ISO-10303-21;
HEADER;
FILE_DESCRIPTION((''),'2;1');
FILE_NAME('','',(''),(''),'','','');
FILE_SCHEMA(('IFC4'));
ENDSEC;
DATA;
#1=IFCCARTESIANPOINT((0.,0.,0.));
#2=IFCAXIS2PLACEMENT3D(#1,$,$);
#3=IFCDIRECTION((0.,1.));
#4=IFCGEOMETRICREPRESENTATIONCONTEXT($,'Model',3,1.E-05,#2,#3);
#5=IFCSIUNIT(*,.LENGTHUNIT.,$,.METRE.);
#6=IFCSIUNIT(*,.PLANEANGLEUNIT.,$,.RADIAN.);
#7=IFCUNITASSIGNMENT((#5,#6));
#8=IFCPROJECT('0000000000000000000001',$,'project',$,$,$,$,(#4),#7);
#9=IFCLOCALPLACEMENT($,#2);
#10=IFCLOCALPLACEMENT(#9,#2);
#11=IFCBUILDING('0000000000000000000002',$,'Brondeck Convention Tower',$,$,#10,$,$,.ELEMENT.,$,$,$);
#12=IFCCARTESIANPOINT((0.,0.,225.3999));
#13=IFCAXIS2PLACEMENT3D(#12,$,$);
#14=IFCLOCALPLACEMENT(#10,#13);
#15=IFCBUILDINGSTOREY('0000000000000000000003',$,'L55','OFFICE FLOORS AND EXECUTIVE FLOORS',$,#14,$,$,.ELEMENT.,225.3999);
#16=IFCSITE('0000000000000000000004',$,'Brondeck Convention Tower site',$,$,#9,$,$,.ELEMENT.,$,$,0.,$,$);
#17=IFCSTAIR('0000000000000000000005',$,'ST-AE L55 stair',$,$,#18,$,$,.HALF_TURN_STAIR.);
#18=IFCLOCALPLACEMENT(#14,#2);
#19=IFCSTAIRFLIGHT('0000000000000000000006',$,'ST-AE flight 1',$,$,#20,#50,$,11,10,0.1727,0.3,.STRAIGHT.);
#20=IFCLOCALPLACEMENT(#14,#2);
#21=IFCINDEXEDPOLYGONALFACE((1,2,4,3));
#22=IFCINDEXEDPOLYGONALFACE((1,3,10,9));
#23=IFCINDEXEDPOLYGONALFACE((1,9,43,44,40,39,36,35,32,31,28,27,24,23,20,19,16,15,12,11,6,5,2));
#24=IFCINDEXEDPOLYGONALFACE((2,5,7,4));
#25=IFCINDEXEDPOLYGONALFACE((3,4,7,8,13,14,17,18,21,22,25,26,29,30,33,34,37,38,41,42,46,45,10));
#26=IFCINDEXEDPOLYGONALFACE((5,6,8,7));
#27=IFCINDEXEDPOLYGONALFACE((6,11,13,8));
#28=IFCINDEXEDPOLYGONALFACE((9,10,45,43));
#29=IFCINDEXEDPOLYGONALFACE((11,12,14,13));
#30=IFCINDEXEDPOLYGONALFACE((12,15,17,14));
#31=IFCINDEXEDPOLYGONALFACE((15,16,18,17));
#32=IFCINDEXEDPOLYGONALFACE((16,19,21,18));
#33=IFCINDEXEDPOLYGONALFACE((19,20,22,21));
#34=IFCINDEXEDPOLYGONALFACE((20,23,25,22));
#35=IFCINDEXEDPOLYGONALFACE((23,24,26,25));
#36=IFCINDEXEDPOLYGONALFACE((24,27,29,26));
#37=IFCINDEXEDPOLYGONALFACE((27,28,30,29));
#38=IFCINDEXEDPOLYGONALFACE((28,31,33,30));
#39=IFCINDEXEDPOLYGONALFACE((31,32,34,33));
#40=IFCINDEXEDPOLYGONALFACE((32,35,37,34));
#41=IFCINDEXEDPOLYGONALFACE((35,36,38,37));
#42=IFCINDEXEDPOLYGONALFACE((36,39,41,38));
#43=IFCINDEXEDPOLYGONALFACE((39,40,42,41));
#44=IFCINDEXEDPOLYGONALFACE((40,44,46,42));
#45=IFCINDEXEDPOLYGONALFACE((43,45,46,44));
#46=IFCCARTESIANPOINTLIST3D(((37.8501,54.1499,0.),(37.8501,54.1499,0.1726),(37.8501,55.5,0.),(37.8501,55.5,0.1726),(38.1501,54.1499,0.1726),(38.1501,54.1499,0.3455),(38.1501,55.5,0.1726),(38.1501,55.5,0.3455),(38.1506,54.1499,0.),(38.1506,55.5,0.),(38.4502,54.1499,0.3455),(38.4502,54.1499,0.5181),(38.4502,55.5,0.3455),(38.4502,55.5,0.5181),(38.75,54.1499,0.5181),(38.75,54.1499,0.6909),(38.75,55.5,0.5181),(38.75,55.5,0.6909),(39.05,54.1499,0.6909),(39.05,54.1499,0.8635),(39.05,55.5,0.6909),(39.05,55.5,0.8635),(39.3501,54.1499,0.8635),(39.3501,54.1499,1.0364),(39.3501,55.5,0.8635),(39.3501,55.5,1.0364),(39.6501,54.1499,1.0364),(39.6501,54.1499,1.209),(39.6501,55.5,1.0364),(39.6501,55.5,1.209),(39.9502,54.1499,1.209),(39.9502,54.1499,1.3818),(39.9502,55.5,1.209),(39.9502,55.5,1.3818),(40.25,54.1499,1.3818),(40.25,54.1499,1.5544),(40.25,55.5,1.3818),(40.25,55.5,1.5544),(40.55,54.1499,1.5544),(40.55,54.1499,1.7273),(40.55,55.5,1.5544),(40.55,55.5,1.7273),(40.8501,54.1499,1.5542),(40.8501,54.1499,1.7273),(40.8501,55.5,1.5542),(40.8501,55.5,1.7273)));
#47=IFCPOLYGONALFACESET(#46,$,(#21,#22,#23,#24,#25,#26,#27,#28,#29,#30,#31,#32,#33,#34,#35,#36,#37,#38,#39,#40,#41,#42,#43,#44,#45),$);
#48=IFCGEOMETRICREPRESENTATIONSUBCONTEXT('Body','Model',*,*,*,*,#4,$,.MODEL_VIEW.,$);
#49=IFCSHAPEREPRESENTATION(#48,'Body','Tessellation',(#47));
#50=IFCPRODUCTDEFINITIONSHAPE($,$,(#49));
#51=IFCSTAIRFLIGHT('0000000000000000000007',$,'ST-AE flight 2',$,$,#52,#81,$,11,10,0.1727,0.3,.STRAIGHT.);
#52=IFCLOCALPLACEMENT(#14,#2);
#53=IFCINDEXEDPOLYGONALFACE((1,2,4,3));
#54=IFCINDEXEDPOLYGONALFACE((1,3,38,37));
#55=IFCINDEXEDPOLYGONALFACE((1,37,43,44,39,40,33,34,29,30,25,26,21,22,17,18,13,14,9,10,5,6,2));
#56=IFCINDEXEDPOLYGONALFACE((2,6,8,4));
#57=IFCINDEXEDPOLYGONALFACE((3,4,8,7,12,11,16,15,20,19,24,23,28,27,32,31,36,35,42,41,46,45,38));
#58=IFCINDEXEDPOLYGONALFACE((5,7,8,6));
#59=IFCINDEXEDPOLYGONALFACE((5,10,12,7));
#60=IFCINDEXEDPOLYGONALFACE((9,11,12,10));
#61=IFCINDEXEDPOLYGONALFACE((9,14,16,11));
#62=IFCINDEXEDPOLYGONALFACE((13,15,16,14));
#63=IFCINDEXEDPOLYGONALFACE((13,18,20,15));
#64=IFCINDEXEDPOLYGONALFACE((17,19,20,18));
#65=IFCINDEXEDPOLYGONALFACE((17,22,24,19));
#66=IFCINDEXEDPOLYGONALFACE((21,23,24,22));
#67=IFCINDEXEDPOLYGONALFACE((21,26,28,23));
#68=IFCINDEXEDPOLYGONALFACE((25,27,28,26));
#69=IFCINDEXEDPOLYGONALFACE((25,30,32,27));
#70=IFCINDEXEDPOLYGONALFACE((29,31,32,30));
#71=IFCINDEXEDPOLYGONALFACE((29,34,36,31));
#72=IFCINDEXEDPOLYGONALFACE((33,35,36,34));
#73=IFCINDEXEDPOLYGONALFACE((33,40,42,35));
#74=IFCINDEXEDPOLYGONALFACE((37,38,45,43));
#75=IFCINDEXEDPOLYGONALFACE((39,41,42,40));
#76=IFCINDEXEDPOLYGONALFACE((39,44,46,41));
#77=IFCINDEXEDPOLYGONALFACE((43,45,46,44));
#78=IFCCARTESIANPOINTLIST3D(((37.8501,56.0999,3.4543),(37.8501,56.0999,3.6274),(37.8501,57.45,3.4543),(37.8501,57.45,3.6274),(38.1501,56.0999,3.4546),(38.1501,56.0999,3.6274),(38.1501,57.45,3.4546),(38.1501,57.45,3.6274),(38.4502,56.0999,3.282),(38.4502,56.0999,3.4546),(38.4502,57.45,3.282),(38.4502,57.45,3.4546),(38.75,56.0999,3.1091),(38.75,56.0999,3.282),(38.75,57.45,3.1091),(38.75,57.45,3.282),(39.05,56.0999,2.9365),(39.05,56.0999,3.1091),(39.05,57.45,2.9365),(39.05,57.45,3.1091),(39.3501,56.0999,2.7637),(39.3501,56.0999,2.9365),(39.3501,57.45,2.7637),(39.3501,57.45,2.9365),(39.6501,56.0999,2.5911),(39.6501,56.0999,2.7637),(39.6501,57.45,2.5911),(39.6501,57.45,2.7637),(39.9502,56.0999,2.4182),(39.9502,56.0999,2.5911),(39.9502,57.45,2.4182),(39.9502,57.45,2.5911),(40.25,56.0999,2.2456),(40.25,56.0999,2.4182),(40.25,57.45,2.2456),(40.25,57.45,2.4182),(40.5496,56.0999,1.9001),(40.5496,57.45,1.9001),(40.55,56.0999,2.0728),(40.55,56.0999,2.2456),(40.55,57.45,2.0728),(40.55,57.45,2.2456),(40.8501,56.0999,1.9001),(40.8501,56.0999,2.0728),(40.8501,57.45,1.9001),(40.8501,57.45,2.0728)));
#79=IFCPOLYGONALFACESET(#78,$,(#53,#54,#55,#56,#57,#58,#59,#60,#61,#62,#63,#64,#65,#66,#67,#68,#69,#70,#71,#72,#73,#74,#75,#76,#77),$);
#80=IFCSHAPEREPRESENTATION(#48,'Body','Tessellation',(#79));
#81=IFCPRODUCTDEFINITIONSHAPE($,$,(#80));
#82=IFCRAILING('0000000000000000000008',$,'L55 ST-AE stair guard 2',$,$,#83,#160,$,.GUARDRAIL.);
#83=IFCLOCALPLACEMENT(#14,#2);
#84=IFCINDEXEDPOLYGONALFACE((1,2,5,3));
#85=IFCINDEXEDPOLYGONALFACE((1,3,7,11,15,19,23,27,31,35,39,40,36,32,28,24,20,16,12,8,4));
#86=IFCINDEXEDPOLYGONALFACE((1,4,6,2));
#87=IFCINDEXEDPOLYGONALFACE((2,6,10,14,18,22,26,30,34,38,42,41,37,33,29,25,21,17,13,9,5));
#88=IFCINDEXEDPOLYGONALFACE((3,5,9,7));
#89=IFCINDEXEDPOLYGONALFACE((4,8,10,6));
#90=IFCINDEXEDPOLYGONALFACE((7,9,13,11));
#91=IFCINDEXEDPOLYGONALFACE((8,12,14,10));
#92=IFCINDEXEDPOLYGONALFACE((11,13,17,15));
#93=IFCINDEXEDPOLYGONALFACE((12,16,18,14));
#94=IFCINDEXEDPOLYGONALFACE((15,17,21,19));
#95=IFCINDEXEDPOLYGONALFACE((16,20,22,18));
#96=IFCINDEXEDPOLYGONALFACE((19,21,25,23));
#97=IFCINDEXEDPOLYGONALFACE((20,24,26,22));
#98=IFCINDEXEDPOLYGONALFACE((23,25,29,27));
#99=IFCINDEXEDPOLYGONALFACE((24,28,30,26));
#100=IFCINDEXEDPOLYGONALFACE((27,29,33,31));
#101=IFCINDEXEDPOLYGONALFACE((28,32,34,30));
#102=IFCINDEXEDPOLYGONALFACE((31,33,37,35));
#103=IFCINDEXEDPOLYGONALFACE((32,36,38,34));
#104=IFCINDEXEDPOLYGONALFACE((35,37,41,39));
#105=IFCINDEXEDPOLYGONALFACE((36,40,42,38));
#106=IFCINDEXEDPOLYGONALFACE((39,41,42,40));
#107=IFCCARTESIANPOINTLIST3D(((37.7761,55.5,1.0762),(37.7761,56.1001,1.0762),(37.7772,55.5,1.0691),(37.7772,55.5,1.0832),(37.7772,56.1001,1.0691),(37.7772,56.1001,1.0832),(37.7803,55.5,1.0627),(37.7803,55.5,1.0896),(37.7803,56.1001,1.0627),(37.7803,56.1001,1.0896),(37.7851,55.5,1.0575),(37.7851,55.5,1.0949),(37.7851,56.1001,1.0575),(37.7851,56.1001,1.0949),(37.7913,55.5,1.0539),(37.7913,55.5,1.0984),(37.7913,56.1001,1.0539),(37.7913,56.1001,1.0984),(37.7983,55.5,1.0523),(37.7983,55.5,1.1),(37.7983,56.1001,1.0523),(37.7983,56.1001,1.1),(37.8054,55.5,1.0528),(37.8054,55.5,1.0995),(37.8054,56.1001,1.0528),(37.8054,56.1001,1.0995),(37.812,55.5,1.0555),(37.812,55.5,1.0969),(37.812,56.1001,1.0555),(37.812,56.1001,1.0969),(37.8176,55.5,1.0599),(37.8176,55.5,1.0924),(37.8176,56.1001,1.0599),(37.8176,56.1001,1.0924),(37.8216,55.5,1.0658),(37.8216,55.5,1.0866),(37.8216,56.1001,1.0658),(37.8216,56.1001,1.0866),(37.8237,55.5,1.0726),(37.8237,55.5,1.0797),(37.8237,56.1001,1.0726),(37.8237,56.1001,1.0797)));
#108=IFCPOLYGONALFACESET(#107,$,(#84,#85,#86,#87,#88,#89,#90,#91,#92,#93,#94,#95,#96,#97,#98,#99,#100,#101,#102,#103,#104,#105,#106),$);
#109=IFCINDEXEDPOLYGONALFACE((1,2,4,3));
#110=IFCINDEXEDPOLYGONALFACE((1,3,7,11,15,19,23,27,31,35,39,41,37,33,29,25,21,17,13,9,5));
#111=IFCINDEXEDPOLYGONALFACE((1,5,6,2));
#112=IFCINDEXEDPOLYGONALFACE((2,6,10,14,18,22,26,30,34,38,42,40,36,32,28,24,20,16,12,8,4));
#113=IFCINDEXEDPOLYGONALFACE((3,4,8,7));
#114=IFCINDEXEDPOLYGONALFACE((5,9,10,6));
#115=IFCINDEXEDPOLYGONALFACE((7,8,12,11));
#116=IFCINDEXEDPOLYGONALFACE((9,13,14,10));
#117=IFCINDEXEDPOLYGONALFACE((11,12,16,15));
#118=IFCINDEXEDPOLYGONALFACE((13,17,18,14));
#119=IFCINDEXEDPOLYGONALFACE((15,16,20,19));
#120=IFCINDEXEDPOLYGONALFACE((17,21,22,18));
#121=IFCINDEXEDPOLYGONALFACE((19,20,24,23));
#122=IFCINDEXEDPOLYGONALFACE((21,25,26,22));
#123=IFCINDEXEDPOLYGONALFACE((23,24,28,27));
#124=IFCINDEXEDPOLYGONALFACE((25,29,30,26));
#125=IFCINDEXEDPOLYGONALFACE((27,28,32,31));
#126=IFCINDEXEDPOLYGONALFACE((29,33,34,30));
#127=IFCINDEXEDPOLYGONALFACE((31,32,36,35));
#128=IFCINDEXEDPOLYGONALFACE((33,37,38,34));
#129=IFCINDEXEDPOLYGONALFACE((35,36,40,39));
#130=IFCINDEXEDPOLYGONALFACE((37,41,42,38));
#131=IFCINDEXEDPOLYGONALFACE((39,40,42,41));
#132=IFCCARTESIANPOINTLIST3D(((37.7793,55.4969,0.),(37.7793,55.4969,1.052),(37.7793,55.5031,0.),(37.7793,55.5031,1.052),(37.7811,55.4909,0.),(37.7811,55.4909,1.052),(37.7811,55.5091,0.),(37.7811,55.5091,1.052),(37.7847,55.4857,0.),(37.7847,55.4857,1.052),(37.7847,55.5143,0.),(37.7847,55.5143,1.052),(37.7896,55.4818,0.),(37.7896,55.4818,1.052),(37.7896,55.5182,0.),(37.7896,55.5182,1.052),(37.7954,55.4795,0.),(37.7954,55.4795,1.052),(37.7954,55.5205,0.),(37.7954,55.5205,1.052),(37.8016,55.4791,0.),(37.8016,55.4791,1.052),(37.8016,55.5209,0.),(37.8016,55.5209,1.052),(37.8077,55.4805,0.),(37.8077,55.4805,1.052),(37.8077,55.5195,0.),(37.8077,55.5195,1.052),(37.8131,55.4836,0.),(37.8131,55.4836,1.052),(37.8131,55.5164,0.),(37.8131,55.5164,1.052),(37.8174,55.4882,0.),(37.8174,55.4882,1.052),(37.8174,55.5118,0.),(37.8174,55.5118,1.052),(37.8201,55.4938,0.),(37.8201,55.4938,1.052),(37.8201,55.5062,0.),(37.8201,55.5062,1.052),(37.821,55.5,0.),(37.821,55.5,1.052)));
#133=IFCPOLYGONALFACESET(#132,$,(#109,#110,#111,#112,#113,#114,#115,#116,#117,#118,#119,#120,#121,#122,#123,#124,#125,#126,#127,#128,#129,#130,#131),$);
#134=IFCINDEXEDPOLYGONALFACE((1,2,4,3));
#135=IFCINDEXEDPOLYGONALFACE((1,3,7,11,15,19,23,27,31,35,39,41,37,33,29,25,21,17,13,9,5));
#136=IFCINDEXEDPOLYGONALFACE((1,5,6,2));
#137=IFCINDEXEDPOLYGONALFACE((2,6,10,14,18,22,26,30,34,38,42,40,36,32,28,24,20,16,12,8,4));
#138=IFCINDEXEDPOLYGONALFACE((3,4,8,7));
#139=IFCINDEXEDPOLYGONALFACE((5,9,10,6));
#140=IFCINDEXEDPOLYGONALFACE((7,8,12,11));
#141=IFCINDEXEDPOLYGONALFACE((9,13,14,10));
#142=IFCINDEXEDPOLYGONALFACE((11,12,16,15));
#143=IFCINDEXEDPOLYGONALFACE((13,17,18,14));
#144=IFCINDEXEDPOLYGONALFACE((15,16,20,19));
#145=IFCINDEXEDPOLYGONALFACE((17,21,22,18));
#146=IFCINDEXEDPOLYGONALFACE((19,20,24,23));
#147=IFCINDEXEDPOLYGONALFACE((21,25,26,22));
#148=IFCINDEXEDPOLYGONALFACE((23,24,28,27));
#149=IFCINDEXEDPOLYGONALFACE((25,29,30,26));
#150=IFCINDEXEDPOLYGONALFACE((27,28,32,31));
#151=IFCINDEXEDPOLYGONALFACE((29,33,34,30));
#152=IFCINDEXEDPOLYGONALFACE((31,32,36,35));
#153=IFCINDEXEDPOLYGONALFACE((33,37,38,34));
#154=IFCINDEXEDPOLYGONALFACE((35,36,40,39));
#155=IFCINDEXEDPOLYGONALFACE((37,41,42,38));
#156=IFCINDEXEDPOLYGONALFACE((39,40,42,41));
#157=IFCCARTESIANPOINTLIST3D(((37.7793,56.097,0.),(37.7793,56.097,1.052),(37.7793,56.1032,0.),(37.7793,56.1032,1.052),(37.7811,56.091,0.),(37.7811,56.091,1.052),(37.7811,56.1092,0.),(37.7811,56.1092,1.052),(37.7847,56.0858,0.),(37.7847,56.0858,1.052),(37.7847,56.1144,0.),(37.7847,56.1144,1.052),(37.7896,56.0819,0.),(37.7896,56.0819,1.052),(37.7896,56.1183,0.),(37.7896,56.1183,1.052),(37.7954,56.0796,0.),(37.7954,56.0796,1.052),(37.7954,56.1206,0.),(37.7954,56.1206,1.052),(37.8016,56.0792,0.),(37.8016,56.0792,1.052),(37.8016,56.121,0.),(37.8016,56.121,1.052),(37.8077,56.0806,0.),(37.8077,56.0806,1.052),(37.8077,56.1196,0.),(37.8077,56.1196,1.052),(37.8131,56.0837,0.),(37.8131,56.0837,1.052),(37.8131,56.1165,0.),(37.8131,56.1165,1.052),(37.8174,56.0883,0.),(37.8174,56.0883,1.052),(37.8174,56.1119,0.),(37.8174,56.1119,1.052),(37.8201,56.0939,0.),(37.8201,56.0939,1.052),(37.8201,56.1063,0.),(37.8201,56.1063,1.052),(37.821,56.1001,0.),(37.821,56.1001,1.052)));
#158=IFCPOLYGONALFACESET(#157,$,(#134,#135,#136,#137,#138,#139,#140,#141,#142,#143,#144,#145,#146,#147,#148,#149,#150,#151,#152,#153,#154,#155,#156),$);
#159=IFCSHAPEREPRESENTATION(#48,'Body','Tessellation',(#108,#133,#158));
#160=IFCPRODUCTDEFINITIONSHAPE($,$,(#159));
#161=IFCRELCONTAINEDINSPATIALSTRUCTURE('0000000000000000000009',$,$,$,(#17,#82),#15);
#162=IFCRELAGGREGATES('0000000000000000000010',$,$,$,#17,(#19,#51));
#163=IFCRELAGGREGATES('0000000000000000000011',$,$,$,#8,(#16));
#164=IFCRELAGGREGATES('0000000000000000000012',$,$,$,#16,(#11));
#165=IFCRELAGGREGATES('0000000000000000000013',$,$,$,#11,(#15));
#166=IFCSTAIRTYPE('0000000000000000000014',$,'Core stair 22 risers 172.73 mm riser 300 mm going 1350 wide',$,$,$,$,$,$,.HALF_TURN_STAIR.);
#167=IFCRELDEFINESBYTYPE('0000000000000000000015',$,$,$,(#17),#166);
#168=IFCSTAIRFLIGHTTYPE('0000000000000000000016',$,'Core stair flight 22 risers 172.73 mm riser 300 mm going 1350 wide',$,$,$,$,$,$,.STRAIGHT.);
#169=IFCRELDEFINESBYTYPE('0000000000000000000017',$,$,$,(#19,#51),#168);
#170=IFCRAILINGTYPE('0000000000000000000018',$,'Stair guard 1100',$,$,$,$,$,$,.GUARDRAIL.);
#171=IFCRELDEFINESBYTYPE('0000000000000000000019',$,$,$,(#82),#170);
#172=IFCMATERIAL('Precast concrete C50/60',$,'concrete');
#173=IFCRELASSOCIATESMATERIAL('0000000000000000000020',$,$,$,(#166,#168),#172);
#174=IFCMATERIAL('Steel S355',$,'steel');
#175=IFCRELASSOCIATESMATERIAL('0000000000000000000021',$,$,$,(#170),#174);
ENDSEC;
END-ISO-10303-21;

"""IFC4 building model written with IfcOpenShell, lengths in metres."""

from ifc_helpers import new_model, si_unit, direction, frame, origin, origin_2d, place, context, subcontext, project, spatial, polyline, circle, outline, extrude, material, type_object, element, aggregate, save


model = new_model("IFC4")

# Units and contexts
model_context = context("Model", 3, precision=1e-05, world=origin(), true_north=direction((0.0, 1.0)))
body_context = subcontext(model_context, "Body", "Model", "MODEL_VIEW")
ifc_project = project(units=[si_unit("LENGTHUNIT", "METRE"), si_unit("PLANEANGLEUNIT", "RADIAN")], contexts=[model_context])

# Site, building, storey
site_placement = place(None, origin())
site = spatial("IfcSite", under=ifc_project, at=site_placement, Name="Brondeck Convention Tower site", CompositionType="ELEMENT", RefElevation=0.0)
building_placement = place(site_placement, origin())
building = spatial("IfcBuilding", under=site, at=building_placement, Name="Brondeck Convention Tower", CompositionType="ELEMENT")
storey_placement = place(building_placement, frame((0.0, 0.0, 225.3999)))
storey = spatial("IfcBuildingStorey", under=building, at=storey_placement, Name="L55", Description="OFFICE FLOORS AND EXECUTIVE FLOORS", CompositionType="ELEMENT", Elevation=225.3999)

# Shared definitions
ifc_material_1 = material(Name="Steel S355", Category="steel")

# Stair, stair flights
ifc_material_2 = material(Name="Precast concrete C50/60", Category="concrete")
stair_type = type_object("IfcStairType", Name="Core stair 22 risers 172.73 mm riser 300 mm going 1350 wide", PredefinedType="HALF_TURN_STAIR", material=ifc_material_2)
stair_placement = place(storey_placement, origin())
stair = element("IfcStair", 1, at=stair_placement, inside=storey, type_object=stair_type, Name="ST-AE L55 stair", PredefinedType="HALF_TURN_STAIR")
stair_flight_type = type_object("IfcStairFlightType", Name="Core stair flight 22 risers 172.73 mm riser 300 mm going 1350 wide", PredefinedType="STRAIGHT", material=ifc_material_2)
stair_flight_1_placement = place(storey_placement, frame((37.8501, 54.825, 0.0), z_axis=(0.0, 0.0, 1.0), x_axis=(1.0, 0.0, 0.0)))
stair_flight_1 = element("IfcStairFlight", 2, at=stair_flight_1_placement, type_object=stair_flight_type, Name="ST-AE flight 1", NumberOfRisers=11, NumberOfTreads=10, PredefinedType="STRAIGHT", RiserHeight=0.1727, TreadLength=0.3, context=body_context, shape_type="SweptSolid", body=[
    extrude(outline(polyline([(0.0, 0.0), (0.0, 0.1726), (0.3, 0.1726), (0.3, 0.3455), (0.6001, 0.3455), (0.6001, 0.5181), (0.8999, 0.5181), (0.8999, 0.6909), (1.2, 0.6909), (1.2, 0.8635), (1.5, 0.8635), (1.5, 1.0364), (1.8, 1.0364), (1.8, 1.209), (2.1001, 1.209), (2.1001, 1.3818), (2.3999, 1.3818), (2.3999, 1.5544), (2.7, 1.5544), (2.7, 1.7273), (3.0, 1.7273), (3.0, 1.8999), (3.0, 1.5542), (0.3005, 0.0), (0.0, 0.0)])), frame((0.0, 0.675, 0.0), z_axis=(0.0, -1.0, 0.0), x_axis=(1.0, 0.0, 0.0)), (0.0, 0.0, 1.0), 1.3501),
])
stair_flight_2_placement = place(storey_placement, frame((40.8501, 56.7749, 1.9001), z_axis=(0.0, 0.0, 1.0), x_axis=(-1.0, 0.0, 0.0)))
stair_flight_2 = element("IfcStairFlight", 3, at=stair_flight_2_placement, type_object=stair_flight_type, Name="ST-AE flight 2", NumberOfRisers=11, NumberOfTreads=10, PredefinedType="STRAIGHT", RiserHeight=0.1727, TreadLength=0.3, context=body_context, shape_type="SweptSolid", body=[
    extrude(outline(polyline([(0.0, 0.0), (0.0, 0.1726), (0.3, 0.1726), (0.3, 0.3455), (0.6001, 0.3455), (0.6001, 0.5181), (0.8999, 0.5181), (0.8999, 0.6909), (1.2, 0.6909), (1.2, 0.8635), (1.5, 0.8635), (1.5, 1.0364), (1.8, 1.0364), (1.8, 1.209), (2.1001, 1.209), (2.1001, 1.3818), (2.3999, 1.3818), (2.3999, 1.5544), (2.7, 1.5544), (2.7, 1.7273), (3.0, 1.7273), (3.0, 1.8999), (3.0, 1.5542), (0.3005, 0.0), (0.0, 0.0)])), frame((0.0, 0.675, 0.0), z_axis=(0.0, -1.0, 0.0), x_axis=(1.0, 0.0, 0.0)), (0.0, 0.0, 1.0), 1.3501),
])
aggregate(stair, [stair_flight_1, stair_flight_2])

# Railing
railing_type_1 = type_object("IfcRailingType", Name="Stair guard 1100", PredefinedType="GUARDRAIL", material=ifc_material_1)
railing_1_placement = place(storey_placement, frame((37.8, 55.5, 0.0)))
element("IfcRailing", 4, at=railing_1_placement, inside=storey, type_object=railing_type_1, Name="L55 ST-AE stair guard 2", PredefinedType="GUARDRAIL", context=body_context, shape_type="SweptSolid", body=[
    extrude(circle(Radius=0.0239, at=origin_2d()), frame((0.0, 0.0, 1.0762), z_axis=(0.0, 1.0, 0.0), x_axis=(-1.0, 0.0, 0.0)), (0.0, 0.0, 1.0), 0.6001),
    extrude(circle(Radius=0.021, at=origin_2d()), origin(), (0.0, 0.0, 1.0), 1.052),
    extrude(circle(Radius=0.021, at=origin_2d()), frame((0.0, 0.6001, 0.0)), (0.0, 0.0, 1.0), 1.052),
])

save(model, "model.ifc")
